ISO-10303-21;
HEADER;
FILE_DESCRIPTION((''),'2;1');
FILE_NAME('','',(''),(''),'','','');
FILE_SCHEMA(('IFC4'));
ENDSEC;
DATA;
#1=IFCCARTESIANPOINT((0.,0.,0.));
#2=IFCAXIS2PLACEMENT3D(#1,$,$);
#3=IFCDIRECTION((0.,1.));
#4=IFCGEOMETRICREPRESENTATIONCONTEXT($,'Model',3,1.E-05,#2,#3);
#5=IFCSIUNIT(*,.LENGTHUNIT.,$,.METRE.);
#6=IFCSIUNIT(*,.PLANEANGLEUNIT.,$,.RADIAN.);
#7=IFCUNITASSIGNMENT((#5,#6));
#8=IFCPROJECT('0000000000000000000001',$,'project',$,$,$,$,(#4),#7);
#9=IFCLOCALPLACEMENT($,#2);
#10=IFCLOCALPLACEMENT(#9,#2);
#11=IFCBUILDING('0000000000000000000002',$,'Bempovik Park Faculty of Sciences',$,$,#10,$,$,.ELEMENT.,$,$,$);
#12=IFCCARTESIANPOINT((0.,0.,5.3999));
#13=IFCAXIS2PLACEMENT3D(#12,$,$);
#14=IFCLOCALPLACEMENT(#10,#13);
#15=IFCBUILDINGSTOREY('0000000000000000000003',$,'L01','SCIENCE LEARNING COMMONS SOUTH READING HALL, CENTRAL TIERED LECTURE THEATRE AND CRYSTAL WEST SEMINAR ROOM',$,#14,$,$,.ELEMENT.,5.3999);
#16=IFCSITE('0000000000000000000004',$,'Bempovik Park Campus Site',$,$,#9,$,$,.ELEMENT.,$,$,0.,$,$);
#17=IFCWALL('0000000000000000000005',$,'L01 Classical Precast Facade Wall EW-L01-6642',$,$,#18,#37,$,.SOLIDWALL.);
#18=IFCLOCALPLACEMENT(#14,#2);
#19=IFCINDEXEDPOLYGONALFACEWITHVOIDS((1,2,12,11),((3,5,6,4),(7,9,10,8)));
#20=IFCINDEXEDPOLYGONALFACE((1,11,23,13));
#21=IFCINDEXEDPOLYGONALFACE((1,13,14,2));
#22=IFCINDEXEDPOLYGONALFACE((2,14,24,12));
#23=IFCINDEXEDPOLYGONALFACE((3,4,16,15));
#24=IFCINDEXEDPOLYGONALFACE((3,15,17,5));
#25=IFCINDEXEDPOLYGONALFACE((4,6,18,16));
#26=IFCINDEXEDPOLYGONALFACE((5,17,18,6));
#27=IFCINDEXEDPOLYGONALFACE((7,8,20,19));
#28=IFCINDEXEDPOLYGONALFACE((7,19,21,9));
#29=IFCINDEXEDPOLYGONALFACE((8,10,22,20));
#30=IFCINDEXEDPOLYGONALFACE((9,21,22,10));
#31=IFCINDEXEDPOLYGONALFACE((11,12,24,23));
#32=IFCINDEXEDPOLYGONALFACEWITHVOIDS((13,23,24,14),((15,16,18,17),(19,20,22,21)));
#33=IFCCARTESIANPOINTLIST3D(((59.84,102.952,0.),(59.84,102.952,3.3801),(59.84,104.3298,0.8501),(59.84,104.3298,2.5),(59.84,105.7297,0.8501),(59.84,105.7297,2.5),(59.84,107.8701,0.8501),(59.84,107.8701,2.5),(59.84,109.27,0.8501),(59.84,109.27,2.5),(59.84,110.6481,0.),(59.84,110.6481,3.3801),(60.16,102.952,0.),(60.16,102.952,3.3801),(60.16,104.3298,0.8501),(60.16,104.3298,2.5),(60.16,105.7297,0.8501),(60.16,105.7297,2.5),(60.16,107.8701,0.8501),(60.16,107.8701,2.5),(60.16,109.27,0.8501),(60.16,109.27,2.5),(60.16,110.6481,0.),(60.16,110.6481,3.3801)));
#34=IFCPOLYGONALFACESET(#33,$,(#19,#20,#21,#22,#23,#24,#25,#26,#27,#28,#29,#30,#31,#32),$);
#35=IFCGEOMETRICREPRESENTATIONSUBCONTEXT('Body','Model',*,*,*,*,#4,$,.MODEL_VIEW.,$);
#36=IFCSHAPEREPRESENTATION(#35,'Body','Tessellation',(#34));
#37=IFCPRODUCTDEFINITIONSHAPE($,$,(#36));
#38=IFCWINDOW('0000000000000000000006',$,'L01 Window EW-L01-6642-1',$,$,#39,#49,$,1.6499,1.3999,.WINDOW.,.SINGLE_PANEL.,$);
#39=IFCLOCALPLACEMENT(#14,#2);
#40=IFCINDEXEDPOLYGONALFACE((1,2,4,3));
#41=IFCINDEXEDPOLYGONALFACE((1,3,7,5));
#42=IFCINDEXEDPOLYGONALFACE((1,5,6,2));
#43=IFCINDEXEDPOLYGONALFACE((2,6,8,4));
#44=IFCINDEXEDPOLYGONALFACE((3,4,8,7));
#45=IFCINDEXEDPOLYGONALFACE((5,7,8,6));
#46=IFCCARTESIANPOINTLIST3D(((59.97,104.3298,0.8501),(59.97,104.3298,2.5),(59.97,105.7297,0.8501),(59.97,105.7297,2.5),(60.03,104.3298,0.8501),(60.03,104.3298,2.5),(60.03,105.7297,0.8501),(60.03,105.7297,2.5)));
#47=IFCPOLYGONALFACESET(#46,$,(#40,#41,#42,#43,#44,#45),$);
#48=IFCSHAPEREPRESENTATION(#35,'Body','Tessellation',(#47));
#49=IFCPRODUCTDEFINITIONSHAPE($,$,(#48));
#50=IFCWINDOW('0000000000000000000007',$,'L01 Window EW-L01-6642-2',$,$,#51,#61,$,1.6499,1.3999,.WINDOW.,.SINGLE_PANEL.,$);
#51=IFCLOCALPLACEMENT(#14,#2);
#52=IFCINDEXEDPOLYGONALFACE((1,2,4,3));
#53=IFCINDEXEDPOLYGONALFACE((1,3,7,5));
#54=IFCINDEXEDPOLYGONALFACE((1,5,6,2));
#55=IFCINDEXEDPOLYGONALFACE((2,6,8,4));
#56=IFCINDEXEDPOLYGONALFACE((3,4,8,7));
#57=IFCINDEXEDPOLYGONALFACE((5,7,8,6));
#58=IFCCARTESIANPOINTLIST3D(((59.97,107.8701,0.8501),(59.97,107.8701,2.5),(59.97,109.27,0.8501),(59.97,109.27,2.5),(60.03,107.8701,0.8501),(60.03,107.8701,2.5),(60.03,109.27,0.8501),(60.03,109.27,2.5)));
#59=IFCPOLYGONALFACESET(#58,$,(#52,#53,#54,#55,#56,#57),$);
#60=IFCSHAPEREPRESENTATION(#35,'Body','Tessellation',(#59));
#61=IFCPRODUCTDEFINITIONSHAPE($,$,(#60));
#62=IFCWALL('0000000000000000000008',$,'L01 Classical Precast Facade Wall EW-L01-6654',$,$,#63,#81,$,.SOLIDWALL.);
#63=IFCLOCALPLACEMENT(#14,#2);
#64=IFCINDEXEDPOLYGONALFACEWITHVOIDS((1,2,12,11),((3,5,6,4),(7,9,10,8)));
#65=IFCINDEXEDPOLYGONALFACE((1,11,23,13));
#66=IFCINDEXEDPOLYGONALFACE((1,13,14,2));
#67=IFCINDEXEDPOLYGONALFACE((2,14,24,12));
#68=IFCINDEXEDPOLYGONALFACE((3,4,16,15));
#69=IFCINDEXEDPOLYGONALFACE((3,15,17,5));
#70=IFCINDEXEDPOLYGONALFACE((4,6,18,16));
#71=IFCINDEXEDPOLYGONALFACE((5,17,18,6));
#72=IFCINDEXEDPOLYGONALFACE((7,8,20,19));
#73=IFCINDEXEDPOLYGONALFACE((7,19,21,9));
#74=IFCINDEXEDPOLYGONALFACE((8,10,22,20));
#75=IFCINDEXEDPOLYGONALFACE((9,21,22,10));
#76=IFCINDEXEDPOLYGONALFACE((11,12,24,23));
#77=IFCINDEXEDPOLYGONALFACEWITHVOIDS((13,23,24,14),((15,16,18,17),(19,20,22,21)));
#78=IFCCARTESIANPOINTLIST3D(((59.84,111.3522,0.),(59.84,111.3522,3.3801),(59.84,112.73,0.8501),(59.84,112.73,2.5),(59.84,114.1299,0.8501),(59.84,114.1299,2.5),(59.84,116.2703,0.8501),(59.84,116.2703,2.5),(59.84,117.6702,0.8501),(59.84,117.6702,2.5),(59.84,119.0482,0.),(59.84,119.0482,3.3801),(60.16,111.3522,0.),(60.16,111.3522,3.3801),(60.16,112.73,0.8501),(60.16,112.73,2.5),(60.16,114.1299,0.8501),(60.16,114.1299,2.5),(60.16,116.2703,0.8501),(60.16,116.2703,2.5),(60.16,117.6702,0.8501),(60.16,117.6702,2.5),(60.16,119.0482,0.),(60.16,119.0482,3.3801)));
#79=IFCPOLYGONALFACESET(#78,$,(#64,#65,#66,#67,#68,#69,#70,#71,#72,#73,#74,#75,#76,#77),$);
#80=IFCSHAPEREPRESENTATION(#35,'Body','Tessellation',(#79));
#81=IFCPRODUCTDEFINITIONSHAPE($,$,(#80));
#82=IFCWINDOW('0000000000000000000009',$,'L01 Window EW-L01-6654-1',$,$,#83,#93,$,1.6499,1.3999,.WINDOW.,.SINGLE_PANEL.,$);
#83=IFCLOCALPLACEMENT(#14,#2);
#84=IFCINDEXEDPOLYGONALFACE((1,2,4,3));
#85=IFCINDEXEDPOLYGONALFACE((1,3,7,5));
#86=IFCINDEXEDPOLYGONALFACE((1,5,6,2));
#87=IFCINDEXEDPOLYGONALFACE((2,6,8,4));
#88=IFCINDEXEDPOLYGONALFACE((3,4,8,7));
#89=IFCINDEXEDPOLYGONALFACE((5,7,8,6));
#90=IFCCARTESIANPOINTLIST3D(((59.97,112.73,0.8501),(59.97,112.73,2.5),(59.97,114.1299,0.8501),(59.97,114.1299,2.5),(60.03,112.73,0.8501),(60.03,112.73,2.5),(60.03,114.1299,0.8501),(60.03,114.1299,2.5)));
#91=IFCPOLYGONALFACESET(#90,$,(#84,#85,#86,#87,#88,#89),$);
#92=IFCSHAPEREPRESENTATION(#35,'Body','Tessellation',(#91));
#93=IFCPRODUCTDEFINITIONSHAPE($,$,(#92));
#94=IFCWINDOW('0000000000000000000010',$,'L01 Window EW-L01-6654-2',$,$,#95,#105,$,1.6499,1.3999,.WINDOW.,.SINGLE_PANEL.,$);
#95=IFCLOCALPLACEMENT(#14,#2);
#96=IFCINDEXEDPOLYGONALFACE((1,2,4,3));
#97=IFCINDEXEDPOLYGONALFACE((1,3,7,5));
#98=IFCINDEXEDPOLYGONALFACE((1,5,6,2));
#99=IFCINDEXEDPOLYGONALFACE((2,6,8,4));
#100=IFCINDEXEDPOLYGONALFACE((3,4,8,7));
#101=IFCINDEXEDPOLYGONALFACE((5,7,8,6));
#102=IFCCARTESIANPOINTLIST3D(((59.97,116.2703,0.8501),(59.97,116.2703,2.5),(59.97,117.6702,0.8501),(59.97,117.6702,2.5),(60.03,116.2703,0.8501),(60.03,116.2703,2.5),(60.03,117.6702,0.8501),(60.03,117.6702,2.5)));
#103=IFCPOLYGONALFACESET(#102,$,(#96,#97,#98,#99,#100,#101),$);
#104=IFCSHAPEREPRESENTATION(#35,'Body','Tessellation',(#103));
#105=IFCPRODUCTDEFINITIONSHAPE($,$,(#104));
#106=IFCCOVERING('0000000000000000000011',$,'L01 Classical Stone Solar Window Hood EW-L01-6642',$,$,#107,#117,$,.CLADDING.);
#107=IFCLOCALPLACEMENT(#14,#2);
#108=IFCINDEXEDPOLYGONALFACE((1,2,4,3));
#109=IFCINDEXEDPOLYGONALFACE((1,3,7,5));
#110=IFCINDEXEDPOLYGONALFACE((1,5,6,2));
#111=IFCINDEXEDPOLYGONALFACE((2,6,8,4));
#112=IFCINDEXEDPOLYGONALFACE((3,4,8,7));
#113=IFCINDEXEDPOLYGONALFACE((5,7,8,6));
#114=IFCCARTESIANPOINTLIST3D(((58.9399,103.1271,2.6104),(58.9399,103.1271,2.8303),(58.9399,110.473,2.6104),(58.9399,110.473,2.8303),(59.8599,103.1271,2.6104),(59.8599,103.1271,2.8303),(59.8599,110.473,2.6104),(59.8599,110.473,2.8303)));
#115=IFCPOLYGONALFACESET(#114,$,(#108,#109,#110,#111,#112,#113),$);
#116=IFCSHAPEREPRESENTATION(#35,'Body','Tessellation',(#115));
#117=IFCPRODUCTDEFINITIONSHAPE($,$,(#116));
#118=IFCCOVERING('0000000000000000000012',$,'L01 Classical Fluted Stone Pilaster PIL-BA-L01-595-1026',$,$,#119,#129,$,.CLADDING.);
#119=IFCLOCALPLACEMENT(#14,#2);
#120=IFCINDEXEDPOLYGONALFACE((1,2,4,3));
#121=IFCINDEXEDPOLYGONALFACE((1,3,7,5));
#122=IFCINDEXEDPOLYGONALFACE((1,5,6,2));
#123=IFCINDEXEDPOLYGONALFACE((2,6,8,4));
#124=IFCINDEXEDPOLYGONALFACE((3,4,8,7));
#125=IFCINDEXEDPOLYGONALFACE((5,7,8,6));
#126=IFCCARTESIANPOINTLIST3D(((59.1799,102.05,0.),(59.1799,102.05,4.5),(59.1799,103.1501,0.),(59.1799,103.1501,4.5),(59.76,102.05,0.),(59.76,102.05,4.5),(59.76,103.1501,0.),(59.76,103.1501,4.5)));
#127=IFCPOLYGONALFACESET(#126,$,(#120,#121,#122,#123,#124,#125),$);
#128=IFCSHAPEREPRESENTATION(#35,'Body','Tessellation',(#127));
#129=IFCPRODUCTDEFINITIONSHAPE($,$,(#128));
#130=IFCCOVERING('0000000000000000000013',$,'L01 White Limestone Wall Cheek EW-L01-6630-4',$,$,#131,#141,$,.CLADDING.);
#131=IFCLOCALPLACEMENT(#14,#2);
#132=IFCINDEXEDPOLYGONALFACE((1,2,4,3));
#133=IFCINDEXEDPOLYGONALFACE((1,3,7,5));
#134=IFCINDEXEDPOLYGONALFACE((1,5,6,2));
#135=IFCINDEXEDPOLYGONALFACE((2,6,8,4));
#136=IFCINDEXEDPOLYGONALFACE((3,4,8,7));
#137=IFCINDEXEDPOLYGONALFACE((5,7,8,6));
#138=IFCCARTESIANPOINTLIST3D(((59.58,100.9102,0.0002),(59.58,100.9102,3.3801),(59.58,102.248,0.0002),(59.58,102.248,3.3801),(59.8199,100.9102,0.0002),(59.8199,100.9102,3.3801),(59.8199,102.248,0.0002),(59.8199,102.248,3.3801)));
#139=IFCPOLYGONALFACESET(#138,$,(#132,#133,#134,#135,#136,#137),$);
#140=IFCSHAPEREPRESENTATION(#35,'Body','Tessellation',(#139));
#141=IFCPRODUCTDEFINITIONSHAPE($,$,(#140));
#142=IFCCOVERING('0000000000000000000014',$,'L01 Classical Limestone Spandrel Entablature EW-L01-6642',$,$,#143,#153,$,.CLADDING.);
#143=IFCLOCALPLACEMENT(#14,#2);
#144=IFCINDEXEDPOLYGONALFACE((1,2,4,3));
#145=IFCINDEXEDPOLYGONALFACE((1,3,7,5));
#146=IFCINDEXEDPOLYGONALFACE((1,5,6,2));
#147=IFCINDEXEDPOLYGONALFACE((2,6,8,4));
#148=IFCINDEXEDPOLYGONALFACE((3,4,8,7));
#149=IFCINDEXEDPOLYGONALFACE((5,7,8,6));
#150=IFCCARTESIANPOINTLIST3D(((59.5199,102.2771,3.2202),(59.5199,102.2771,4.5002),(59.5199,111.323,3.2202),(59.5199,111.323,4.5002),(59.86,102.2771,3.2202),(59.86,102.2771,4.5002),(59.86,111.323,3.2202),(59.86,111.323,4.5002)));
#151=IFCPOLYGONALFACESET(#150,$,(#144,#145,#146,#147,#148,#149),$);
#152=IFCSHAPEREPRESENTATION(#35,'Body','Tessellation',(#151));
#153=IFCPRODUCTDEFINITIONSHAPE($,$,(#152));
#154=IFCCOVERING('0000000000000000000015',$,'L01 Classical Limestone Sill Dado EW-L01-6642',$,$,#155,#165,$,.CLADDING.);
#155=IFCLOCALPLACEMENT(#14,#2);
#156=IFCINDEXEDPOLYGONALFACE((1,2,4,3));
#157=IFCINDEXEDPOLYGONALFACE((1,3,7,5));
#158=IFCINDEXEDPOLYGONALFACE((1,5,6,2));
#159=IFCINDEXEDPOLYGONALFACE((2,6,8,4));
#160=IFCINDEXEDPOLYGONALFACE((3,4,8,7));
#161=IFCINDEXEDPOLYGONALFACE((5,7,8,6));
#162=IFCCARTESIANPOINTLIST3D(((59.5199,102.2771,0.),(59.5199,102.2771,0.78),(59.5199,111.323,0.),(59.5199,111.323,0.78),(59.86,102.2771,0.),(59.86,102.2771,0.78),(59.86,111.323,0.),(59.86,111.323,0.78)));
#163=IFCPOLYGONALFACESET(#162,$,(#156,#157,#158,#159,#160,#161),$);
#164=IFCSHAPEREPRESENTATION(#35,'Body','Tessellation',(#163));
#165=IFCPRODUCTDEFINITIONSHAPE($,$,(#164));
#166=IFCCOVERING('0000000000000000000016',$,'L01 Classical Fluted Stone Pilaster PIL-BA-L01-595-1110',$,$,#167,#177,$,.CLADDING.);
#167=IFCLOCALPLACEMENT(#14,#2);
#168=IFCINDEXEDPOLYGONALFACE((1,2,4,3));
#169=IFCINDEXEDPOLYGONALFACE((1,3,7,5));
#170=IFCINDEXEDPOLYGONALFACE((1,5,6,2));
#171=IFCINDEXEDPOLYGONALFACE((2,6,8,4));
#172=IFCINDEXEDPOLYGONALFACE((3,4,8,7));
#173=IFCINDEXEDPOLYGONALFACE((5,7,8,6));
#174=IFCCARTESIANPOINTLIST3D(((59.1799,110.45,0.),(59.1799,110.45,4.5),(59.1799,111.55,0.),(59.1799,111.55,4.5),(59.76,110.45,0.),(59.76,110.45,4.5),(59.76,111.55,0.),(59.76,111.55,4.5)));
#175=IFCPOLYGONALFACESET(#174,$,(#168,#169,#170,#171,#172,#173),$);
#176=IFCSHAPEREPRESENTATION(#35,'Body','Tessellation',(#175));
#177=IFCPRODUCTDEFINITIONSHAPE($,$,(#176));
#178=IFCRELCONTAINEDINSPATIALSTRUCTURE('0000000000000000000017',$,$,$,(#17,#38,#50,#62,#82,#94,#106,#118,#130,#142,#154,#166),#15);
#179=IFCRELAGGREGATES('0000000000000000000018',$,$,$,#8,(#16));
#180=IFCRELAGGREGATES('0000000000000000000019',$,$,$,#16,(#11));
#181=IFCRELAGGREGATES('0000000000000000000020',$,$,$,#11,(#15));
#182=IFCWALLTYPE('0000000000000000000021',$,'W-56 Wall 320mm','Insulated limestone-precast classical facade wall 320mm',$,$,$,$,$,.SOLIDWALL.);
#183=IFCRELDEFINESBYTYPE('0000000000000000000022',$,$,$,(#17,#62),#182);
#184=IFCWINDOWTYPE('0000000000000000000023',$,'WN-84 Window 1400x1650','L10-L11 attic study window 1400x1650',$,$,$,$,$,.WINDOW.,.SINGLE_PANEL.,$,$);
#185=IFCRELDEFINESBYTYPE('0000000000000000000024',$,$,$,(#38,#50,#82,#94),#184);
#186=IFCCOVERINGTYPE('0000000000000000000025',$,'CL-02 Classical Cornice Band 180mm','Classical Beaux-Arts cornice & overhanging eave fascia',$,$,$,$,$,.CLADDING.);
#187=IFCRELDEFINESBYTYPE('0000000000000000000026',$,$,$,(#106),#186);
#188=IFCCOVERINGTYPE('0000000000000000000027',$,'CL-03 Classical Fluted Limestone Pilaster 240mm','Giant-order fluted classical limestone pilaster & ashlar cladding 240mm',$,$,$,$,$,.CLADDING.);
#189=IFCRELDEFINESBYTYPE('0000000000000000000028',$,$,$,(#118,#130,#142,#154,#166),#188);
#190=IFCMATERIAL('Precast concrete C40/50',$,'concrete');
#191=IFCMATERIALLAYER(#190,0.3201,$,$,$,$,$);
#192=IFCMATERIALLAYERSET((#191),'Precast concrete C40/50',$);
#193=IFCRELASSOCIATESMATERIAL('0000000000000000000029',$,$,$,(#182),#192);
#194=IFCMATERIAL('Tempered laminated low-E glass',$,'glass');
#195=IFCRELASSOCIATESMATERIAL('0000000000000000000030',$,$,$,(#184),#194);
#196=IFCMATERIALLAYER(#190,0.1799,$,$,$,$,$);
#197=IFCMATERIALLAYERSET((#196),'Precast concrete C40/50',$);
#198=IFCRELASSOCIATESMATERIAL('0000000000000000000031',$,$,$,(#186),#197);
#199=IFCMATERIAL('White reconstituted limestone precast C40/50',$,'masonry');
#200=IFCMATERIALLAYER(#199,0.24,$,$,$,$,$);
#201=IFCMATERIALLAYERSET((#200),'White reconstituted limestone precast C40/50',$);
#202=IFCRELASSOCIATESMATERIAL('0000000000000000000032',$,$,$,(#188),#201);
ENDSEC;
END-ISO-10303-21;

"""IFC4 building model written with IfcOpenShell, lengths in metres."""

from ifc_helpers import new_model, si_unit, direction, frame, frame_2d, origin, origin_2d, place, context, subcontext, project, spatial, rectangle, extrude, material, layer, layer_set, type_object, element, fill, save


model = new_model("IFC4")

# Units and contexts
model_context = context("Model", 3, precision=1e-05, world=origin(), true_north=direction((0.0, 1.0)))
body_context = subcontext(model_context, "Body", "Model", "MODEL_VIEW")
ifc_project = project(units=[si_unit("LENGTHUNIT", "METRE"), si_unit("PLANEANGLEUNIT", "RADIAN")], contexts=[model_context])

# Site, building, storey
site_placement = place(None, origin())
site = spatial("IfcSite", under=ifc_project, at=site_placement, Name="Bempovik Park Campus Site", CompositionType="ELEMENT", RefElevation=0.0)
building_placement = place(site_placement, origin())
building = spatial("IfcBuilding", under=site, at=building_placement, Name="Bempovik Park Faculty of Sciences", CompositionType="ELEMENT")
storey_placement = place(building_placement, frame((0.0, 0.0, 5.3999)))
storey = spatial("IfcBuildingStorey", under=building, at=storey_placement, Name="L01", Description="SCIENCE LEARNING COMMONS SOUTH READING HALL, CENTRAL TIERED LECTURE THEATRE AND CRYSTAL WEST SEMINAR ROOM", CompositionType="ELEMENT", Elevation=5.3999)

# Walls, openings, windows
ifc_material_1 = material(Name="Precast concrete C40/50", Category="concrete")
ifc_layer_1 = layer(ifc_material_1, 0.3201)
ifc_layer_set_1 = layer_set([ifc_layer_1], Name="Precast concrete C40/50")
wall_type_1 = type_object("IfcWallType", Name="W-56 Wall 320mm", Description="Insulated limestone-precast classical facade wall 320mm", PredefinedType="SOLIDWALL", material=ifc_layer_set_1)
wall_1_placement = place(storey_placement, frame((60.0, 102.9519, 0.0), z_axis=(0.0, 0.0, 1.0), x_axis=(0.0, 1.0, 0.0)))
wall_1 = element("IfcWall", 1, at=wall_1_placement, inside=storey, type_object=wall_type_1, Name="L01 Classical Precast Facade Wall EW-L01-6642", PredefinedType="SOLIDWALL", context=body_context, shape_type="SweptSolid", body=[
    extrude(rectangle(XDim=7.696, YDim=0.3201, at=frame_2d((3.8481, 0.0))), origin(), (0.0, 0.0, 1.0), 3.3801),
])
opening_1_placement = place(wall_1_placement, frame((1.3779, 0.0, 0.8501)))
opening_1 = element("IfcOpeningElement", 2, at=opening_1_placement, cuts=wall_1, PredefinedType="OPENING", context=body_context, shape_type="SweptSolid", body=[
    extrude(rectangle(XDim=1.3999, YDim=1.6499, at=frame_2d((0.7, 0.825))), frame((0.0, 0.1699, 0.0), z_axis=(0.0, -1.0, 0.0), x_axis=(1.0, 0.0, 0.0)), (0.0, 0.0, 1.0), 0.3401),
])
opening_2_placement = place(wall_1_placement, frame((4.9182, 0.0, 0.8501)))
opening_2 = element("IfcOpeningElement", 3, at=opening_2_placement, cuts=wall_1, PredefinedType="OPENING", context=body_context, shape_type="SweptSolid", body=[
    extrude(rectangle(XDim=1.3999, YDim=1.6499, at=frame_2d((0.7, 0.825))), frame((0.0, 0.1699, 0.0), z_axis=(0.0, -1.0, 0.0), x_axis=(1.0, 0.0, 0.0)), (0.0, 0.0, 1.0), 0.3401),
])
ifc_material_2 = material(Name="Tempered laminated low-E glass", Category="glass")
window_type = type_object("IfcWindowType", Name="WN-84 Window 1400x1650", Description="L10-L11 attic study window 1400x1650", PartitioningType="SINGLE_PANEL", PredefinedType="WINDOW", material=ifc_material_2)
window_1_placement = place(opening_1_placement, origin())
window_1 = element("IfcWindow", 4, at=window_1_placement, inside=storey, type_object=window_type, Name="L01 Window EW-L01-6642-1", OverallHeight=1.6499, OverallWidth=1.3999, PartitioningType="SINGLE_PANEL", PredefinedType="WINDOW", context=body_context, shape_type="SweptSolid", body=[
    extrude(rectangle(XDim=1.3999, YDim=1.6499, at=frame_2d((0.7, 0.825))), frame((0.0, 0.03, 0.0), z_axis=(0.0, -1.0, 0.0), x_axis=(1.0, 0.0, 0.0)), (0.0, 0.0, 1.0), 0.0601),
])
fill(opening_1, window_1)
window_2_placement = place(opening_2_placement, origin())
window_2 = element("IfcWindow", 5, at=window_2_placement, inside=storey, type_object=window_type, Name="L01 Window EW-L01-6642-2", OverallHeight=1.6499, OverallWidth=1.3999, PartitioningType="SINGLE_PANEL", PredefinedType="WINDOW", context=body_context, shape_type="SweptSolid", body=[
    extrude(rectangle(XDim=1.3999, YDim=1.6499, at=frame_2d((0.7, 0.825))), frame((0.0, 0.03, 0.0), z_axis=(0.0, -1.0, 0.0), x_axis=(1.0, 0.0, 0.0)), (0.0, 0.0, 1.0), 0.0601),
])
fill(opening_2, window_2)
wall_2_placement = place(storey_placement, frame((60.0, 111.3521, 0.0), z_axis=(0.0, 0.0, 1.0), x_axis=(0.0, 1.0, 0.0)))
wall_2 = element("IfcWall", 6, at=wall_2_placement, inside=storey, type_object=wall_type_1, Name="L01 Classical Precast Facade Wall EW-L01-6654", PredefinedType="SOLIDWALL", context=body_context, shape_type="SweptSolid", body=[
    extrude(rectangle(XDim=7.696, YDim=0.3201, at=frame_2d((3.8481, 0.0))), origin(), (0.0, 0.0, 1.0), 3.3801),
])
opening_3_placement = place(wall_2_placement, frame((1.3779, 0.0, 0.8501)))
opening_3 = element("IfcOpeningElement", 7, at=opening_3_placement, cuts=wall_2, PredefinedType="OPENING", context=body_context, shape_type="SweptSolid", body=[
    extrude(rectangle(XDim=1.3999, YDim=1.6499, at=frame_2d((0.7, 0.825))), frame((0.0, 0.1699, 0.0), z_axis=(0.0, -1.0, 0.0), x_axis=(1.0, 0.0, 0.0)), (0.0, 0.0, 1.0), 0.3401),
])
opening_4_placement = place(wall_2_placement, frame((4.9182, 0.0, 0.8501)))
opening_4 = element("IfcOpeningElement", 8, at=opening_4_placement, cuts=wall_2, PredefinedType="OPENING", context=body_context, shape_type="SweptSolid", body=[
    extrude(rectangle(XDim=1.3999, YDim=1.6499, at=frame_2d((0.7, 0.825))), frame((0.0, 0.1699, 0.0), z_axis=(0.0, -1.0, 0.0), x_axis=(1.0, 0.0, 0.0)), (0.0, 0.0, 1.0), 0.3401),
])
window_3_placement = place(opening_3_placement, origin())
window_3 = element("IfcWindow", 9, at=window_3_placement, inside=storey, type_object=window_type, Name="L01 Window EW-L01-6654-1", OverallHeight=1.6499, OverallWidth=1.3999, PartitioningType="SINGLE_PANEL", PredefinedType="WINDOW", context=body_context, shape_type="SweptSolid", body=[
    extrude(rectangle(XDim=1.3999, YDim=1.6499, at=frame_2d((0.7, 0.825))), frame((0.0, 0.03, 0.0), z_axis=(0.0, -1.0, 0.0), x_axis=(1.0, 0.0, 0.0)), (0.0, 0.0, 1.0), 0.0601),
])
fill(opening_3, window_3)
window_4_placement = place(opening_4_placement, origin())
window_4 = element("IfcWindow", 10, at=window_4_placement, inside=storey, type_object=window_type, Name="L01 Window EW-L01-6654-2", OverallHeight=1.6499, OverallWidth=1.3999, PartitioningType="SINGLE_PANEL", PredefinedType="WINDOW", context=body_context, shape_type="SweptSolid", body=[
    extrude(rectangle(XDim=1.3999, YDim=1.6499, at=frame_2d((0.7, 0.825))), frame((0.0, 0.03, 0.0), z_axis=(0.0, -1.0, 0.0), x_axis=(1.0, 0.0, 0.0)), (0.0, 0.0, 1.0), 0.0601),
])
fill(opening_4, window_4)

# Coverings
ifc_layer_2 = layer(ifc_material_1, 0.1799)
ifc_layer_set_2 = layer_set([ifc_layer_2], Name="Precast concrete C40/50")
covering_type_1 = type_object("IfcCoveringType", Name="CL-02 Classical Cornice Band 180mm", Description="Classical Beaux-Arts cornice & overhanging eave fascia", PredefinedType="CLADDING", material=ifc_layer_set_2)
covering_1_placement = place(storey_placement, frame((59.3999, 106.8, 2.6104), z_axis=(0.0, 0.0, 1.0), x_axis=(1.0, 0.0, 0.0)))
element("IfcCovering", 11, at=covering_1_placement, inside=storey, type_object=covering_type_1, Name="L01 Classical Stone Solar Window Hood EW-L01-6642", PredefinedType="CLADDING", context=body_context, shape_type="SweptSolid", body=[
    extrude(rectangle(XDim=0.9199, YDim=7.3459, at=origin_2d()), origin(), (0.0, 0.0, 1.0), 0.22),
])
ifc_material_3 = material(Name="White reconstituted limestone precast C40/50", Category="masonry")
ifc_layer_3 = layer(ifc_material_3, 0.24)
ifc_layer_set_3 = layer_set([ifc_layer_3], Name="White reconstituted limestone precast C40/50")
covering_type_2 = type_object("IfcCoveringType", Name="CL-03 Classical Fluted Limestone Pilaster 240mm", Description="Giant-order fluted classical limestone pilaster & ashlar cladding 240mm", PredefinedType="CLADDING", material=ifc_layer_set_3)
covering_2_placement = place(storey_placement, frame((59.47, 102.6001, 0.0), z_axis=(0.0, 0.0, 1.0), x_axis=(1.0, 0.0, 0.0)))
element("IfcCovering", 12, at=covering_2_placement, inside=storey, type_object=covering_type_2, Name="L01 Classical Fluted Stone Pilaster PIL-BA-L01-595-1026", PredefinedType="CLADDING", context=body_context, shape_type="SweptSolid", body=[
    extrude(rectangle(XDim=0.5801, YDim=1.1001, at=origin_2d()), origin(), (0.0, 0.0, 1.0), 4.5),
])
covering_3_placement = place(storey_placement, frame((59.7, 101.5791, 0.0002), z_axis=(0.0, 0.0, 1.0), x_axis=(1.0, 0.0, 0.0)))
element("IfcCovering", 13, at=covering_3_placement, inside=storey, type_object=covering_type_2, Name="L01 White Limestone Wall Cheek EW-L01-6630-4", PredefinedType="CLADDING", context=body_context, shape_type="SweptSolid", body=[
    extrude(rectangle(XDim=0.24, YDim=1.3379, at=origin_2d()), origin(), (0.0, 0.0, 1.0), 3.3799),
])
covering_4_placement = place(storey_placement, frame((59.6899, 106.8, 3.2202), z_axis=(0.0, 0.0, 1.0), x_axis=(1.0, 0.0, 0.0)))
element("IfcCovering", 14, at=covering_4_placement, inside=storey, type_object=covering_type_2, Name="L01 Classical Limestone Spandrel Entablature EW-L01-6642", PredefinedType="CLADDING", context=body_context, shape_type="SweptSolid", body=[
    extrude(rectangle(XDim=0.3401, YDim=9.0459, at=origin_2d()), origin(), (0.0, 0.0, 1.0), 1.28),
])
covering_5_placement = place(storey_placement, frame((59.6899, 106.8, 0.0), z_axis=(0.0, 0.0, 1.0), x_axis=(1.0, 0.0, 0.0)))
element("IfcCovering", 15, at=covering_5_placement, inside=storey, type_object=covering_type_2, Name="L01 Classical Limestone Sill Dado EW-L01-6642", PredefinedType="CLADDING", context=body_context, shape_type="SweptSolid", body=[
    extrude(rectangle(XDim=0.3401, YDim=9.0459, at=origin_2d()), origin(), (0.0, 0.0, 1.0), 0.78),
])
covering_6_placement = place(storey_placement, frame((59.47, 111.0, 0.0), z_axis=(0.0, 0.0, 1.0), x_axis=(1.0, 0.0, 0.0)))
element("IfcCovering", 16, at=covering_6_placement, inside=storey, type_object=covering_type_2, Name="L01 Classical Fluted Stone Pilaster PIL-BA-L01-595-1110", PredefinedType="CLADDING", context=body_context, shape_type="SweptSolid", body=[
    extrude(rectangle(XDim=0.5801, YDim=1.1001, at=origin_2d()), origin(), (0.0, 0.0, 1.0), 4.5),
])

save(model, "model.ifc")
